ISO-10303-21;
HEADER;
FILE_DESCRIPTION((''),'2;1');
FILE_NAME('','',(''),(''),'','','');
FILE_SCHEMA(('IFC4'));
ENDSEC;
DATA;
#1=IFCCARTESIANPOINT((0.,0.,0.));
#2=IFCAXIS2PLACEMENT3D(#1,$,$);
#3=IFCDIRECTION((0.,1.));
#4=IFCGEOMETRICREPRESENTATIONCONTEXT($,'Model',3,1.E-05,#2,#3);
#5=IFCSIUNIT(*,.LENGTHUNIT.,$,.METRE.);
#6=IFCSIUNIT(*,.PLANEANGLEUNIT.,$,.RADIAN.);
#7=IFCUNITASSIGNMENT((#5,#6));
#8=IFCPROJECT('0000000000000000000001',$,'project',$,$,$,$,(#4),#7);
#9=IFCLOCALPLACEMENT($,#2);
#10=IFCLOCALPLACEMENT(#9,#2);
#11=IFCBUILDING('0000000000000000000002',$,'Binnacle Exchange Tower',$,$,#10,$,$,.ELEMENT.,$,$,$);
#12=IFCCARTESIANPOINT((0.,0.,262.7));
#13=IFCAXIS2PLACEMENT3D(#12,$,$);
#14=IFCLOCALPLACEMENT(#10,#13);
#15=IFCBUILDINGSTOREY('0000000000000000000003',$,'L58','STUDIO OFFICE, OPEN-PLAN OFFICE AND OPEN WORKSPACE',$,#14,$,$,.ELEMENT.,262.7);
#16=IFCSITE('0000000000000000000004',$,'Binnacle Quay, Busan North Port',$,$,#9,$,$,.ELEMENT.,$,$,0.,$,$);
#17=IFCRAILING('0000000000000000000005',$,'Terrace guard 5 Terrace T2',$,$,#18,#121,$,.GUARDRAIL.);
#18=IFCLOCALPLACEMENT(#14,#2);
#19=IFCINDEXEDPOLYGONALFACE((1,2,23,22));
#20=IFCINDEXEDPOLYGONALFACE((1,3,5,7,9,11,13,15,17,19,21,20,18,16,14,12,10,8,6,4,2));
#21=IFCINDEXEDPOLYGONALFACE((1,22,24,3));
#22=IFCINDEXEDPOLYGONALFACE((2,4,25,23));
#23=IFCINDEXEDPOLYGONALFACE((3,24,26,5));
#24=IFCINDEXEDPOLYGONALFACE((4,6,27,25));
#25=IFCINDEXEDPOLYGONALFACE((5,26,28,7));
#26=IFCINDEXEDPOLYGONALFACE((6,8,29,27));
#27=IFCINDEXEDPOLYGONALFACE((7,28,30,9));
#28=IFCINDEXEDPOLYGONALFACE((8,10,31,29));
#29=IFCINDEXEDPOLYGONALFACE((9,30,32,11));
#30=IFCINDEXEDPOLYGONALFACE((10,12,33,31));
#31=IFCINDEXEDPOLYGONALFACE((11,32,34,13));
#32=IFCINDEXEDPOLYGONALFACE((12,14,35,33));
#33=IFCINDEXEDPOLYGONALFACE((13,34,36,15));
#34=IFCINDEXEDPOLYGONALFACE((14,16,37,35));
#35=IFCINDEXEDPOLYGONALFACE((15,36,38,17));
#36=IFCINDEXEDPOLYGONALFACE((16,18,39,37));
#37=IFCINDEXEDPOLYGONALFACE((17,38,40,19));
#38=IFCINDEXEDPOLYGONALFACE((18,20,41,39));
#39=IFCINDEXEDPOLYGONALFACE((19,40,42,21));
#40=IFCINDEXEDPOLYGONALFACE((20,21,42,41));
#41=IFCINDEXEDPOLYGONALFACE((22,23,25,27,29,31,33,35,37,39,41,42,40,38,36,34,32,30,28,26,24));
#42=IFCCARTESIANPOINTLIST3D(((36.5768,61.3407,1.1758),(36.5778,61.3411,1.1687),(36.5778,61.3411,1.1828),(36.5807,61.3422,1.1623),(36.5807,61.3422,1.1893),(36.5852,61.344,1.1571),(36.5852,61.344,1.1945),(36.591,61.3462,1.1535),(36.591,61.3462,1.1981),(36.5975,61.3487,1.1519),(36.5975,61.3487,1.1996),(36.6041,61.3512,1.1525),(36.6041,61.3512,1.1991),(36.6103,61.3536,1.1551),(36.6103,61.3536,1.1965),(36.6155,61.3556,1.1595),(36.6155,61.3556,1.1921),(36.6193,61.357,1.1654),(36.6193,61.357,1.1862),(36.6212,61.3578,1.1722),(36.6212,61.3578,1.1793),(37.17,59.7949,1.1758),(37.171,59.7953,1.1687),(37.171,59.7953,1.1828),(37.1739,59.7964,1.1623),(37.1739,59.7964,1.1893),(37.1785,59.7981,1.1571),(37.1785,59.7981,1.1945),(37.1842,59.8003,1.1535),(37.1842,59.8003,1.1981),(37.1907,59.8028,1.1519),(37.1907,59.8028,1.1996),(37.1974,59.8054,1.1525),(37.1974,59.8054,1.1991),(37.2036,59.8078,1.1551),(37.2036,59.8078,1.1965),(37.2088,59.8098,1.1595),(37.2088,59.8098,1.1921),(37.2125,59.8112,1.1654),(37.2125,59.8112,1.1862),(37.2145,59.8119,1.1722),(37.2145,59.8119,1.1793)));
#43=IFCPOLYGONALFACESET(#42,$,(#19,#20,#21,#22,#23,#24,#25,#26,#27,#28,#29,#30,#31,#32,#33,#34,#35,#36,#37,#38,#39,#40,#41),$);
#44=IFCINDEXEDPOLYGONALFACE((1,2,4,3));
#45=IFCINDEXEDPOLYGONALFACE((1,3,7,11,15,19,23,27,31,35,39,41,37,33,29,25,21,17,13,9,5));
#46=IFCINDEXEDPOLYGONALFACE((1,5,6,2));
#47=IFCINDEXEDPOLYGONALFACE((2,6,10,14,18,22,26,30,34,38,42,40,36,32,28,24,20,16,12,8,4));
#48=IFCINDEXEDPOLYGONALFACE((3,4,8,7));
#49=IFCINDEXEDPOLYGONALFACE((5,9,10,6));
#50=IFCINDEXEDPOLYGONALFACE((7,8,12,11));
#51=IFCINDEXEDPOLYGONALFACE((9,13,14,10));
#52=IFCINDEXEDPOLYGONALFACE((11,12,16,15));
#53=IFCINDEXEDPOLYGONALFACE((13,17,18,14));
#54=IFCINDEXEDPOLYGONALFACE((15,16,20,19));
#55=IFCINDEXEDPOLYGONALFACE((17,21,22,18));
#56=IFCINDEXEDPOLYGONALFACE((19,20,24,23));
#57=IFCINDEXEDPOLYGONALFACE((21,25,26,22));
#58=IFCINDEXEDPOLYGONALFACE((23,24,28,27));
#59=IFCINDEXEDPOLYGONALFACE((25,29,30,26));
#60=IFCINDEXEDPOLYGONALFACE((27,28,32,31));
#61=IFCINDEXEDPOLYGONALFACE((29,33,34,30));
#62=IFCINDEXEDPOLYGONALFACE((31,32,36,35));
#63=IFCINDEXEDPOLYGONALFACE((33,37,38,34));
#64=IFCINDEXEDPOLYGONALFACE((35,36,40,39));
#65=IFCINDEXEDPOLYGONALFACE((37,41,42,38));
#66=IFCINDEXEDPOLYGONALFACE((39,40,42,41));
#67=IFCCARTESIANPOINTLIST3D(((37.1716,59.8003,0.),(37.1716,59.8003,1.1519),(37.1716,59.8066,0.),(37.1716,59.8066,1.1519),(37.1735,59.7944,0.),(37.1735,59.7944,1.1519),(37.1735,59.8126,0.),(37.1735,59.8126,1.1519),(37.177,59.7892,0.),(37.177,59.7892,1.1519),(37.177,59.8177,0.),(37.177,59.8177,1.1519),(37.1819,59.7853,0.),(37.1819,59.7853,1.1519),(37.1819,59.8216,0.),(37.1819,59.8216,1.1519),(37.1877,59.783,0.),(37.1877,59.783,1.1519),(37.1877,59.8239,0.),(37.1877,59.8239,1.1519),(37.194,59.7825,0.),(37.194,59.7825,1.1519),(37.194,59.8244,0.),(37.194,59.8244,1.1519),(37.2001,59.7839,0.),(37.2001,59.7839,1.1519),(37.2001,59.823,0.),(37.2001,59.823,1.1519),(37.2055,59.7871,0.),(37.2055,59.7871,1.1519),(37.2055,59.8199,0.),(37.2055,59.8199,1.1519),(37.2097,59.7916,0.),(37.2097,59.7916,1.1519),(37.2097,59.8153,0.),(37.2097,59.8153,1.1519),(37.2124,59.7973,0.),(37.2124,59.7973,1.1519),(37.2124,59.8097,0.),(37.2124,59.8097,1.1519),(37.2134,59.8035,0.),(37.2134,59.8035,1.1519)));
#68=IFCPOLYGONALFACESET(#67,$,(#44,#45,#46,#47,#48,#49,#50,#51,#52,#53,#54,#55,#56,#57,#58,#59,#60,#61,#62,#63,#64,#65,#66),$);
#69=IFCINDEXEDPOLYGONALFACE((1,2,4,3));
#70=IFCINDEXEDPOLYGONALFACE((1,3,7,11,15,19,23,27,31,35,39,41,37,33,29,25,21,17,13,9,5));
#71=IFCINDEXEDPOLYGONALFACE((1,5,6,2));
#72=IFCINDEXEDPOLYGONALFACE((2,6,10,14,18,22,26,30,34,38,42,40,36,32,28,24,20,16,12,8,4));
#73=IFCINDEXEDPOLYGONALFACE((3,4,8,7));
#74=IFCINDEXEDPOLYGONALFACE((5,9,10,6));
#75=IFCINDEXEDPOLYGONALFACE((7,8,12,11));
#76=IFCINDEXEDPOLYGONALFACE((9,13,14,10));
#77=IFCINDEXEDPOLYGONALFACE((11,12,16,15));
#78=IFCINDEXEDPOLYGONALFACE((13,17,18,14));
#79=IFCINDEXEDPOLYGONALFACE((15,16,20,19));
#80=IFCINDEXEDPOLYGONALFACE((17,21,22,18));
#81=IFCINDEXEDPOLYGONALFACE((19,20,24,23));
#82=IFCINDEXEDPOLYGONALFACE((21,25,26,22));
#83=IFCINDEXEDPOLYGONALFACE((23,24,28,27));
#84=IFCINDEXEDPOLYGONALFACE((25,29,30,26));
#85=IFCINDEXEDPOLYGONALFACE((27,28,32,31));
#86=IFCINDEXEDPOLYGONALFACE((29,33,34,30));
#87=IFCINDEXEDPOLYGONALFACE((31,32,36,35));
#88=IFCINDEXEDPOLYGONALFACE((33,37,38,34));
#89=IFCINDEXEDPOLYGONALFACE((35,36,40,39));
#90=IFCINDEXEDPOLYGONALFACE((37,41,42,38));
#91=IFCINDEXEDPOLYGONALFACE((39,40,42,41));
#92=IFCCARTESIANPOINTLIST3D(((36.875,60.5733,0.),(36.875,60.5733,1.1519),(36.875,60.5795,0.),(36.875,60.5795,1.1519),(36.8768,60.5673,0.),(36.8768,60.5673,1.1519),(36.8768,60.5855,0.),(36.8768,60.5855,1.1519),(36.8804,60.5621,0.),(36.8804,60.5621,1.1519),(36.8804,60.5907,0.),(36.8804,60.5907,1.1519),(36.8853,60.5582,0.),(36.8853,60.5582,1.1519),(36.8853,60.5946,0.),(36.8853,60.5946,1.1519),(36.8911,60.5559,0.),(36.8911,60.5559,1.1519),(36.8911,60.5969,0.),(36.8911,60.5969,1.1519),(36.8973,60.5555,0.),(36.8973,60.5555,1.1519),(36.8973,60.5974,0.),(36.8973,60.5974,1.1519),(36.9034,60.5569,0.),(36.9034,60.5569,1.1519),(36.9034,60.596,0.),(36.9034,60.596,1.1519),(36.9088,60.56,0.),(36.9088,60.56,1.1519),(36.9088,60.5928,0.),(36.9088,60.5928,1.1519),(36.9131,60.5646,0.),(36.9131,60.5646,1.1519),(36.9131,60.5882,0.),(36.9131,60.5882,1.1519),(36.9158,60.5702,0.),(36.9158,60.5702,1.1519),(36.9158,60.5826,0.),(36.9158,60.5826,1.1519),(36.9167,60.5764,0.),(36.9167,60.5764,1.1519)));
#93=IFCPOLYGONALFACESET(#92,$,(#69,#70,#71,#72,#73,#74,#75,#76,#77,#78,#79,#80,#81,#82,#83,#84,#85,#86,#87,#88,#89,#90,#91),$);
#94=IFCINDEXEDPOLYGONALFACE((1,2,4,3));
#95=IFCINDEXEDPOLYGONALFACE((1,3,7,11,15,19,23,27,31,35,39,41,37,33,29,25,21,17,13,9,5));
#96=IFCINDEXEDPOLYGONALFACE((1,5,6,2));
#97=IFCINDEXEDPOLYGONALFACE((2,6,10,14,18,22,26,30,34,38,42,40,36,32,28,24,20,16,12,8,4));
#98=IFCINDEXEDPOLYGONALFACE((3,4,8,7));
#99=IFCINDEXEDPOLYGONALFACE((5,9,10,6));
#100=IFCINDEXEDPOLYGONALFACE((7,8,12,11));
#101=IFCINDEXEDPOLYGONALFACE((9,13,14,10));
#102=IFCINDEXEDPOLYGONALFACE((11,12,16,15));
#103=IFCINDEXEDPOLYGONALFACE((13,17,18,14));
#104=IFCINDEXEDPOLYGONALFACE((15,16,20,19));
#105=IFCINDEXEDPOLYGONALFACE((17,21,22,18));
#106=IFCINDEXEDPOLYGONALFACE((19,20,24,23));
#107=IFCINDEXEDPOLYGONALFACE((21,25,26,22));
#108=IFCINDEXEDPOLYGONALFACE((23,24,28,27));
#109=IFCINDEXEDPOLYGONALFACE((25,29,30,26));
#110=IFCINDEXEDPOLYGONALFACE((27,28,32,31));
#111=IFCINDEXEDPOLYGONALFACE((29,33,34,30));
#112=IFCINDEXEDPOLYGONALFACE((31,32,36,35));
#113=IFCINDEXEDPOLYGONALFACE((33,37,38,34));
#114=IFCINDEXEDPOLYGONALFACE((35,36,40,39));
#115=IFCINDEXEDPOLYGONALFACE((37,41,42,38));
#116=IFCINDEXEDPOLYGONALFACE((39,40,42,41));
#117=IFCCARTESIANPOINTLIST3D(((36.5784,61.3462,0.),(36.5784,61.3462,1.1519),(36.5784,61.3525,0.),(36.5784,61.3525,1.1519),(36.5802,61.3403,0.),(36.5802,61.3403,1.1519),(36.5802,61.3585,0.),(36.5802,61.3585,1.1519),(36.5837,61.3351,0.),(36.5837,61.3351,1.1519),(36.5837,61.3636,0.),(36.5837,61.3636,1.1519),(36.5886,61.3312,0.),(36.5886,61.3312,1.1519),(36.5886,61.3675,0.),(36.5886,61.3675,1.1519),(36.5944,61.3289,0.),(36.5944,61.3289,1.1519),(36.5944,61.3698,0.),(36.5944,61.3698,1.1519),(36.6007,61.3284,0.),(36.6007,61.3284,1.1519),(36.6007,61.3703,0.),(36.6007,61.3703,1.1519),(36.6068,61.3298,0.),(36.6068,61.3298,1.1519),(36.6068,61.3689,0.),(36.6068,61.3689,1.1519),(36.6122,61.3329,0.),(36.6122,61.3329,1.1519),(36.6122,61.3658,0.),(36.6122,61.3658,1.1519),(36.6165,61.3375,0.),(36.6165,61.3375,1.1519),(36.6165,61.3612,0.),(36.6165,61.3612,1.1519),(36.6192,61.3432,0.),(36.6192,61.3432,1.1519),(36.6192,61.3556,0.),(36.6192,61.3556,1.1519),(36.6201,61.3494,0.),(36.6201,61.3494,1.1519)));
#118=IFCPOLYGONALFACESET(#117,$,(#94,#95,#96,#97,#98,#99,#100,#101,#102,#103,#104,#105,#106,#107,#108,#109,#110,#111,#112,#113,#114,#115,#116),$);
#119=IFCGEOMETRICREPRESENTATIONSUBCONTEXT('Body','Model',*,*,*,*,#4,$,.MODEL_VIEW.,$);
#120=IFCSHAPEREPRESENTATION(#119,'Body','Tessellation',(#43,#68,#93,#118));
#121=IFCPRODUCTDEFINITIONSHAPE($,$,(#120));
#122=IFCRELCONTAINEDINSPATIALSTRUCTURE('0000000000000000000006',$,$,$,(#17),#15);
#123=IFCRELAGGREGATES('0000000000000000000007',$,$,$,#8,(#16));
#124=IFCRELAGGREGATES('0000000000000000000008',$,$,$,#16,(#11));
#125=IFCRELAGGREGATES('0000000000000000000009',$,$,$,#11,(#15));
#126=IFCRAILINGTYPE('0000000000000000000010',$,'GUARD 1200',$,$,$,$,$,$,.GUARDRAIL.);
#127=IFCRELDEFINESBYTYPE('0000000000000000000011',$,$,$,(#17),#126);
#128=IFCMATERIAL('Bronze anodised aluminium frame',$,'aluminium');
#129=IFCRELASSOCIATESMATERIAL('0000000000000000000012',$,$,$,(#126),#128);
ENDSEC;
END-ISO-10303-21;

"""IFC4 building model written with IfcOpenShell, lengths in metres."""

from ifc_helpers import new_model, si_unit, direction, frame, origin, origin_2d, place, context, subcontext, project, spatial, circle, extrude, material, type_object, element, save


model = new_model("IFC4")

# Units and contexts
model_context = context("Model", 3, precision=1e-05, world=origin(), true_north=direction((0.0, 1.0)))
body_context = subcontext(model_context, "Body", "Model", "MODEL_VIEW")
ifc_project = project(units=[si_unit("LENGTHUNIT", "METRE"), si_unit("PLANEANGLEUNIT", "RADIAN")], contexts=[model_context])

# Site, building, storey
site_placement = place(None, origin())
site = spatial("IfcSite", under=ifc_project, at=site_placement, Name="Binnacle Quay, Busan North Port", CompositionType="ELEMENT", RefElevation=0.0)
building_placement = place(site_placement, origin())
building = spatial("IfcBuilding", under=site, at=building_placement, Name="Binnacle Exchange Tower", CompositionType="ELEMENT")
storey_placement = place(building_placement, frame((0.0, 0.0, 262.7)))
storey = spatial("IfcBuildingStorey", under=building, at=storey_placement, Name="L58", Description="STUDIO OFFICE, OPEN-PLAN OFFICE AND OPEN WORKSPACE", CompositionType="ELEMENT", Elevation=262.7)

# Shared definitions
ifc_material_1 = material(Name="Bronze anodised aluminium frame", Category="aluminium")

# Railing
railing_type = type_object("IfcRailingType", Name="GUARD 1200", PredefinedType="GUARDRAIL", material=ifc_material_1)
railing_1_placement = place(storey_placement, frame((37.1924, 59.8035, 0.0)))
element("IfcRailing", 1, at=railing_1_placement, inside=storey, type_object=railing_type, Name="Terrace guard 5 Terrace T2", PredefinedType="GUARDRAIL", context=body_context, shape_type="SweptSolid", body=[
    extrude(circle(Radius=0.0239, at=origin_2d()), frame((0.0, 0.0, 1.1758), z_axis=(-0.358287, 0.933611, 0.0), x_axis=(-0.933611, -0.358287, 0.0)), (0.0, 0.0, 1.0), 1.6558),
    extrude(circle(Radius=0.021, at=origin_2d()), origin(), (0.0, 0.0, 1.0), 1.1519),
    extrude(circle(Radius=0.021, at=origin_2d()), frame((-0.2966, 0.7729, 0.0)), (0.0, 0.0, 1.0), 1.1519),
    extrude(circle(Radius=0.021, at=origin_2d()), frame((-0.5933, 1.5459, 0.0)), (0.0, 0.0, 1.0), 1.1519),
])

save(model, "model.ifc")
